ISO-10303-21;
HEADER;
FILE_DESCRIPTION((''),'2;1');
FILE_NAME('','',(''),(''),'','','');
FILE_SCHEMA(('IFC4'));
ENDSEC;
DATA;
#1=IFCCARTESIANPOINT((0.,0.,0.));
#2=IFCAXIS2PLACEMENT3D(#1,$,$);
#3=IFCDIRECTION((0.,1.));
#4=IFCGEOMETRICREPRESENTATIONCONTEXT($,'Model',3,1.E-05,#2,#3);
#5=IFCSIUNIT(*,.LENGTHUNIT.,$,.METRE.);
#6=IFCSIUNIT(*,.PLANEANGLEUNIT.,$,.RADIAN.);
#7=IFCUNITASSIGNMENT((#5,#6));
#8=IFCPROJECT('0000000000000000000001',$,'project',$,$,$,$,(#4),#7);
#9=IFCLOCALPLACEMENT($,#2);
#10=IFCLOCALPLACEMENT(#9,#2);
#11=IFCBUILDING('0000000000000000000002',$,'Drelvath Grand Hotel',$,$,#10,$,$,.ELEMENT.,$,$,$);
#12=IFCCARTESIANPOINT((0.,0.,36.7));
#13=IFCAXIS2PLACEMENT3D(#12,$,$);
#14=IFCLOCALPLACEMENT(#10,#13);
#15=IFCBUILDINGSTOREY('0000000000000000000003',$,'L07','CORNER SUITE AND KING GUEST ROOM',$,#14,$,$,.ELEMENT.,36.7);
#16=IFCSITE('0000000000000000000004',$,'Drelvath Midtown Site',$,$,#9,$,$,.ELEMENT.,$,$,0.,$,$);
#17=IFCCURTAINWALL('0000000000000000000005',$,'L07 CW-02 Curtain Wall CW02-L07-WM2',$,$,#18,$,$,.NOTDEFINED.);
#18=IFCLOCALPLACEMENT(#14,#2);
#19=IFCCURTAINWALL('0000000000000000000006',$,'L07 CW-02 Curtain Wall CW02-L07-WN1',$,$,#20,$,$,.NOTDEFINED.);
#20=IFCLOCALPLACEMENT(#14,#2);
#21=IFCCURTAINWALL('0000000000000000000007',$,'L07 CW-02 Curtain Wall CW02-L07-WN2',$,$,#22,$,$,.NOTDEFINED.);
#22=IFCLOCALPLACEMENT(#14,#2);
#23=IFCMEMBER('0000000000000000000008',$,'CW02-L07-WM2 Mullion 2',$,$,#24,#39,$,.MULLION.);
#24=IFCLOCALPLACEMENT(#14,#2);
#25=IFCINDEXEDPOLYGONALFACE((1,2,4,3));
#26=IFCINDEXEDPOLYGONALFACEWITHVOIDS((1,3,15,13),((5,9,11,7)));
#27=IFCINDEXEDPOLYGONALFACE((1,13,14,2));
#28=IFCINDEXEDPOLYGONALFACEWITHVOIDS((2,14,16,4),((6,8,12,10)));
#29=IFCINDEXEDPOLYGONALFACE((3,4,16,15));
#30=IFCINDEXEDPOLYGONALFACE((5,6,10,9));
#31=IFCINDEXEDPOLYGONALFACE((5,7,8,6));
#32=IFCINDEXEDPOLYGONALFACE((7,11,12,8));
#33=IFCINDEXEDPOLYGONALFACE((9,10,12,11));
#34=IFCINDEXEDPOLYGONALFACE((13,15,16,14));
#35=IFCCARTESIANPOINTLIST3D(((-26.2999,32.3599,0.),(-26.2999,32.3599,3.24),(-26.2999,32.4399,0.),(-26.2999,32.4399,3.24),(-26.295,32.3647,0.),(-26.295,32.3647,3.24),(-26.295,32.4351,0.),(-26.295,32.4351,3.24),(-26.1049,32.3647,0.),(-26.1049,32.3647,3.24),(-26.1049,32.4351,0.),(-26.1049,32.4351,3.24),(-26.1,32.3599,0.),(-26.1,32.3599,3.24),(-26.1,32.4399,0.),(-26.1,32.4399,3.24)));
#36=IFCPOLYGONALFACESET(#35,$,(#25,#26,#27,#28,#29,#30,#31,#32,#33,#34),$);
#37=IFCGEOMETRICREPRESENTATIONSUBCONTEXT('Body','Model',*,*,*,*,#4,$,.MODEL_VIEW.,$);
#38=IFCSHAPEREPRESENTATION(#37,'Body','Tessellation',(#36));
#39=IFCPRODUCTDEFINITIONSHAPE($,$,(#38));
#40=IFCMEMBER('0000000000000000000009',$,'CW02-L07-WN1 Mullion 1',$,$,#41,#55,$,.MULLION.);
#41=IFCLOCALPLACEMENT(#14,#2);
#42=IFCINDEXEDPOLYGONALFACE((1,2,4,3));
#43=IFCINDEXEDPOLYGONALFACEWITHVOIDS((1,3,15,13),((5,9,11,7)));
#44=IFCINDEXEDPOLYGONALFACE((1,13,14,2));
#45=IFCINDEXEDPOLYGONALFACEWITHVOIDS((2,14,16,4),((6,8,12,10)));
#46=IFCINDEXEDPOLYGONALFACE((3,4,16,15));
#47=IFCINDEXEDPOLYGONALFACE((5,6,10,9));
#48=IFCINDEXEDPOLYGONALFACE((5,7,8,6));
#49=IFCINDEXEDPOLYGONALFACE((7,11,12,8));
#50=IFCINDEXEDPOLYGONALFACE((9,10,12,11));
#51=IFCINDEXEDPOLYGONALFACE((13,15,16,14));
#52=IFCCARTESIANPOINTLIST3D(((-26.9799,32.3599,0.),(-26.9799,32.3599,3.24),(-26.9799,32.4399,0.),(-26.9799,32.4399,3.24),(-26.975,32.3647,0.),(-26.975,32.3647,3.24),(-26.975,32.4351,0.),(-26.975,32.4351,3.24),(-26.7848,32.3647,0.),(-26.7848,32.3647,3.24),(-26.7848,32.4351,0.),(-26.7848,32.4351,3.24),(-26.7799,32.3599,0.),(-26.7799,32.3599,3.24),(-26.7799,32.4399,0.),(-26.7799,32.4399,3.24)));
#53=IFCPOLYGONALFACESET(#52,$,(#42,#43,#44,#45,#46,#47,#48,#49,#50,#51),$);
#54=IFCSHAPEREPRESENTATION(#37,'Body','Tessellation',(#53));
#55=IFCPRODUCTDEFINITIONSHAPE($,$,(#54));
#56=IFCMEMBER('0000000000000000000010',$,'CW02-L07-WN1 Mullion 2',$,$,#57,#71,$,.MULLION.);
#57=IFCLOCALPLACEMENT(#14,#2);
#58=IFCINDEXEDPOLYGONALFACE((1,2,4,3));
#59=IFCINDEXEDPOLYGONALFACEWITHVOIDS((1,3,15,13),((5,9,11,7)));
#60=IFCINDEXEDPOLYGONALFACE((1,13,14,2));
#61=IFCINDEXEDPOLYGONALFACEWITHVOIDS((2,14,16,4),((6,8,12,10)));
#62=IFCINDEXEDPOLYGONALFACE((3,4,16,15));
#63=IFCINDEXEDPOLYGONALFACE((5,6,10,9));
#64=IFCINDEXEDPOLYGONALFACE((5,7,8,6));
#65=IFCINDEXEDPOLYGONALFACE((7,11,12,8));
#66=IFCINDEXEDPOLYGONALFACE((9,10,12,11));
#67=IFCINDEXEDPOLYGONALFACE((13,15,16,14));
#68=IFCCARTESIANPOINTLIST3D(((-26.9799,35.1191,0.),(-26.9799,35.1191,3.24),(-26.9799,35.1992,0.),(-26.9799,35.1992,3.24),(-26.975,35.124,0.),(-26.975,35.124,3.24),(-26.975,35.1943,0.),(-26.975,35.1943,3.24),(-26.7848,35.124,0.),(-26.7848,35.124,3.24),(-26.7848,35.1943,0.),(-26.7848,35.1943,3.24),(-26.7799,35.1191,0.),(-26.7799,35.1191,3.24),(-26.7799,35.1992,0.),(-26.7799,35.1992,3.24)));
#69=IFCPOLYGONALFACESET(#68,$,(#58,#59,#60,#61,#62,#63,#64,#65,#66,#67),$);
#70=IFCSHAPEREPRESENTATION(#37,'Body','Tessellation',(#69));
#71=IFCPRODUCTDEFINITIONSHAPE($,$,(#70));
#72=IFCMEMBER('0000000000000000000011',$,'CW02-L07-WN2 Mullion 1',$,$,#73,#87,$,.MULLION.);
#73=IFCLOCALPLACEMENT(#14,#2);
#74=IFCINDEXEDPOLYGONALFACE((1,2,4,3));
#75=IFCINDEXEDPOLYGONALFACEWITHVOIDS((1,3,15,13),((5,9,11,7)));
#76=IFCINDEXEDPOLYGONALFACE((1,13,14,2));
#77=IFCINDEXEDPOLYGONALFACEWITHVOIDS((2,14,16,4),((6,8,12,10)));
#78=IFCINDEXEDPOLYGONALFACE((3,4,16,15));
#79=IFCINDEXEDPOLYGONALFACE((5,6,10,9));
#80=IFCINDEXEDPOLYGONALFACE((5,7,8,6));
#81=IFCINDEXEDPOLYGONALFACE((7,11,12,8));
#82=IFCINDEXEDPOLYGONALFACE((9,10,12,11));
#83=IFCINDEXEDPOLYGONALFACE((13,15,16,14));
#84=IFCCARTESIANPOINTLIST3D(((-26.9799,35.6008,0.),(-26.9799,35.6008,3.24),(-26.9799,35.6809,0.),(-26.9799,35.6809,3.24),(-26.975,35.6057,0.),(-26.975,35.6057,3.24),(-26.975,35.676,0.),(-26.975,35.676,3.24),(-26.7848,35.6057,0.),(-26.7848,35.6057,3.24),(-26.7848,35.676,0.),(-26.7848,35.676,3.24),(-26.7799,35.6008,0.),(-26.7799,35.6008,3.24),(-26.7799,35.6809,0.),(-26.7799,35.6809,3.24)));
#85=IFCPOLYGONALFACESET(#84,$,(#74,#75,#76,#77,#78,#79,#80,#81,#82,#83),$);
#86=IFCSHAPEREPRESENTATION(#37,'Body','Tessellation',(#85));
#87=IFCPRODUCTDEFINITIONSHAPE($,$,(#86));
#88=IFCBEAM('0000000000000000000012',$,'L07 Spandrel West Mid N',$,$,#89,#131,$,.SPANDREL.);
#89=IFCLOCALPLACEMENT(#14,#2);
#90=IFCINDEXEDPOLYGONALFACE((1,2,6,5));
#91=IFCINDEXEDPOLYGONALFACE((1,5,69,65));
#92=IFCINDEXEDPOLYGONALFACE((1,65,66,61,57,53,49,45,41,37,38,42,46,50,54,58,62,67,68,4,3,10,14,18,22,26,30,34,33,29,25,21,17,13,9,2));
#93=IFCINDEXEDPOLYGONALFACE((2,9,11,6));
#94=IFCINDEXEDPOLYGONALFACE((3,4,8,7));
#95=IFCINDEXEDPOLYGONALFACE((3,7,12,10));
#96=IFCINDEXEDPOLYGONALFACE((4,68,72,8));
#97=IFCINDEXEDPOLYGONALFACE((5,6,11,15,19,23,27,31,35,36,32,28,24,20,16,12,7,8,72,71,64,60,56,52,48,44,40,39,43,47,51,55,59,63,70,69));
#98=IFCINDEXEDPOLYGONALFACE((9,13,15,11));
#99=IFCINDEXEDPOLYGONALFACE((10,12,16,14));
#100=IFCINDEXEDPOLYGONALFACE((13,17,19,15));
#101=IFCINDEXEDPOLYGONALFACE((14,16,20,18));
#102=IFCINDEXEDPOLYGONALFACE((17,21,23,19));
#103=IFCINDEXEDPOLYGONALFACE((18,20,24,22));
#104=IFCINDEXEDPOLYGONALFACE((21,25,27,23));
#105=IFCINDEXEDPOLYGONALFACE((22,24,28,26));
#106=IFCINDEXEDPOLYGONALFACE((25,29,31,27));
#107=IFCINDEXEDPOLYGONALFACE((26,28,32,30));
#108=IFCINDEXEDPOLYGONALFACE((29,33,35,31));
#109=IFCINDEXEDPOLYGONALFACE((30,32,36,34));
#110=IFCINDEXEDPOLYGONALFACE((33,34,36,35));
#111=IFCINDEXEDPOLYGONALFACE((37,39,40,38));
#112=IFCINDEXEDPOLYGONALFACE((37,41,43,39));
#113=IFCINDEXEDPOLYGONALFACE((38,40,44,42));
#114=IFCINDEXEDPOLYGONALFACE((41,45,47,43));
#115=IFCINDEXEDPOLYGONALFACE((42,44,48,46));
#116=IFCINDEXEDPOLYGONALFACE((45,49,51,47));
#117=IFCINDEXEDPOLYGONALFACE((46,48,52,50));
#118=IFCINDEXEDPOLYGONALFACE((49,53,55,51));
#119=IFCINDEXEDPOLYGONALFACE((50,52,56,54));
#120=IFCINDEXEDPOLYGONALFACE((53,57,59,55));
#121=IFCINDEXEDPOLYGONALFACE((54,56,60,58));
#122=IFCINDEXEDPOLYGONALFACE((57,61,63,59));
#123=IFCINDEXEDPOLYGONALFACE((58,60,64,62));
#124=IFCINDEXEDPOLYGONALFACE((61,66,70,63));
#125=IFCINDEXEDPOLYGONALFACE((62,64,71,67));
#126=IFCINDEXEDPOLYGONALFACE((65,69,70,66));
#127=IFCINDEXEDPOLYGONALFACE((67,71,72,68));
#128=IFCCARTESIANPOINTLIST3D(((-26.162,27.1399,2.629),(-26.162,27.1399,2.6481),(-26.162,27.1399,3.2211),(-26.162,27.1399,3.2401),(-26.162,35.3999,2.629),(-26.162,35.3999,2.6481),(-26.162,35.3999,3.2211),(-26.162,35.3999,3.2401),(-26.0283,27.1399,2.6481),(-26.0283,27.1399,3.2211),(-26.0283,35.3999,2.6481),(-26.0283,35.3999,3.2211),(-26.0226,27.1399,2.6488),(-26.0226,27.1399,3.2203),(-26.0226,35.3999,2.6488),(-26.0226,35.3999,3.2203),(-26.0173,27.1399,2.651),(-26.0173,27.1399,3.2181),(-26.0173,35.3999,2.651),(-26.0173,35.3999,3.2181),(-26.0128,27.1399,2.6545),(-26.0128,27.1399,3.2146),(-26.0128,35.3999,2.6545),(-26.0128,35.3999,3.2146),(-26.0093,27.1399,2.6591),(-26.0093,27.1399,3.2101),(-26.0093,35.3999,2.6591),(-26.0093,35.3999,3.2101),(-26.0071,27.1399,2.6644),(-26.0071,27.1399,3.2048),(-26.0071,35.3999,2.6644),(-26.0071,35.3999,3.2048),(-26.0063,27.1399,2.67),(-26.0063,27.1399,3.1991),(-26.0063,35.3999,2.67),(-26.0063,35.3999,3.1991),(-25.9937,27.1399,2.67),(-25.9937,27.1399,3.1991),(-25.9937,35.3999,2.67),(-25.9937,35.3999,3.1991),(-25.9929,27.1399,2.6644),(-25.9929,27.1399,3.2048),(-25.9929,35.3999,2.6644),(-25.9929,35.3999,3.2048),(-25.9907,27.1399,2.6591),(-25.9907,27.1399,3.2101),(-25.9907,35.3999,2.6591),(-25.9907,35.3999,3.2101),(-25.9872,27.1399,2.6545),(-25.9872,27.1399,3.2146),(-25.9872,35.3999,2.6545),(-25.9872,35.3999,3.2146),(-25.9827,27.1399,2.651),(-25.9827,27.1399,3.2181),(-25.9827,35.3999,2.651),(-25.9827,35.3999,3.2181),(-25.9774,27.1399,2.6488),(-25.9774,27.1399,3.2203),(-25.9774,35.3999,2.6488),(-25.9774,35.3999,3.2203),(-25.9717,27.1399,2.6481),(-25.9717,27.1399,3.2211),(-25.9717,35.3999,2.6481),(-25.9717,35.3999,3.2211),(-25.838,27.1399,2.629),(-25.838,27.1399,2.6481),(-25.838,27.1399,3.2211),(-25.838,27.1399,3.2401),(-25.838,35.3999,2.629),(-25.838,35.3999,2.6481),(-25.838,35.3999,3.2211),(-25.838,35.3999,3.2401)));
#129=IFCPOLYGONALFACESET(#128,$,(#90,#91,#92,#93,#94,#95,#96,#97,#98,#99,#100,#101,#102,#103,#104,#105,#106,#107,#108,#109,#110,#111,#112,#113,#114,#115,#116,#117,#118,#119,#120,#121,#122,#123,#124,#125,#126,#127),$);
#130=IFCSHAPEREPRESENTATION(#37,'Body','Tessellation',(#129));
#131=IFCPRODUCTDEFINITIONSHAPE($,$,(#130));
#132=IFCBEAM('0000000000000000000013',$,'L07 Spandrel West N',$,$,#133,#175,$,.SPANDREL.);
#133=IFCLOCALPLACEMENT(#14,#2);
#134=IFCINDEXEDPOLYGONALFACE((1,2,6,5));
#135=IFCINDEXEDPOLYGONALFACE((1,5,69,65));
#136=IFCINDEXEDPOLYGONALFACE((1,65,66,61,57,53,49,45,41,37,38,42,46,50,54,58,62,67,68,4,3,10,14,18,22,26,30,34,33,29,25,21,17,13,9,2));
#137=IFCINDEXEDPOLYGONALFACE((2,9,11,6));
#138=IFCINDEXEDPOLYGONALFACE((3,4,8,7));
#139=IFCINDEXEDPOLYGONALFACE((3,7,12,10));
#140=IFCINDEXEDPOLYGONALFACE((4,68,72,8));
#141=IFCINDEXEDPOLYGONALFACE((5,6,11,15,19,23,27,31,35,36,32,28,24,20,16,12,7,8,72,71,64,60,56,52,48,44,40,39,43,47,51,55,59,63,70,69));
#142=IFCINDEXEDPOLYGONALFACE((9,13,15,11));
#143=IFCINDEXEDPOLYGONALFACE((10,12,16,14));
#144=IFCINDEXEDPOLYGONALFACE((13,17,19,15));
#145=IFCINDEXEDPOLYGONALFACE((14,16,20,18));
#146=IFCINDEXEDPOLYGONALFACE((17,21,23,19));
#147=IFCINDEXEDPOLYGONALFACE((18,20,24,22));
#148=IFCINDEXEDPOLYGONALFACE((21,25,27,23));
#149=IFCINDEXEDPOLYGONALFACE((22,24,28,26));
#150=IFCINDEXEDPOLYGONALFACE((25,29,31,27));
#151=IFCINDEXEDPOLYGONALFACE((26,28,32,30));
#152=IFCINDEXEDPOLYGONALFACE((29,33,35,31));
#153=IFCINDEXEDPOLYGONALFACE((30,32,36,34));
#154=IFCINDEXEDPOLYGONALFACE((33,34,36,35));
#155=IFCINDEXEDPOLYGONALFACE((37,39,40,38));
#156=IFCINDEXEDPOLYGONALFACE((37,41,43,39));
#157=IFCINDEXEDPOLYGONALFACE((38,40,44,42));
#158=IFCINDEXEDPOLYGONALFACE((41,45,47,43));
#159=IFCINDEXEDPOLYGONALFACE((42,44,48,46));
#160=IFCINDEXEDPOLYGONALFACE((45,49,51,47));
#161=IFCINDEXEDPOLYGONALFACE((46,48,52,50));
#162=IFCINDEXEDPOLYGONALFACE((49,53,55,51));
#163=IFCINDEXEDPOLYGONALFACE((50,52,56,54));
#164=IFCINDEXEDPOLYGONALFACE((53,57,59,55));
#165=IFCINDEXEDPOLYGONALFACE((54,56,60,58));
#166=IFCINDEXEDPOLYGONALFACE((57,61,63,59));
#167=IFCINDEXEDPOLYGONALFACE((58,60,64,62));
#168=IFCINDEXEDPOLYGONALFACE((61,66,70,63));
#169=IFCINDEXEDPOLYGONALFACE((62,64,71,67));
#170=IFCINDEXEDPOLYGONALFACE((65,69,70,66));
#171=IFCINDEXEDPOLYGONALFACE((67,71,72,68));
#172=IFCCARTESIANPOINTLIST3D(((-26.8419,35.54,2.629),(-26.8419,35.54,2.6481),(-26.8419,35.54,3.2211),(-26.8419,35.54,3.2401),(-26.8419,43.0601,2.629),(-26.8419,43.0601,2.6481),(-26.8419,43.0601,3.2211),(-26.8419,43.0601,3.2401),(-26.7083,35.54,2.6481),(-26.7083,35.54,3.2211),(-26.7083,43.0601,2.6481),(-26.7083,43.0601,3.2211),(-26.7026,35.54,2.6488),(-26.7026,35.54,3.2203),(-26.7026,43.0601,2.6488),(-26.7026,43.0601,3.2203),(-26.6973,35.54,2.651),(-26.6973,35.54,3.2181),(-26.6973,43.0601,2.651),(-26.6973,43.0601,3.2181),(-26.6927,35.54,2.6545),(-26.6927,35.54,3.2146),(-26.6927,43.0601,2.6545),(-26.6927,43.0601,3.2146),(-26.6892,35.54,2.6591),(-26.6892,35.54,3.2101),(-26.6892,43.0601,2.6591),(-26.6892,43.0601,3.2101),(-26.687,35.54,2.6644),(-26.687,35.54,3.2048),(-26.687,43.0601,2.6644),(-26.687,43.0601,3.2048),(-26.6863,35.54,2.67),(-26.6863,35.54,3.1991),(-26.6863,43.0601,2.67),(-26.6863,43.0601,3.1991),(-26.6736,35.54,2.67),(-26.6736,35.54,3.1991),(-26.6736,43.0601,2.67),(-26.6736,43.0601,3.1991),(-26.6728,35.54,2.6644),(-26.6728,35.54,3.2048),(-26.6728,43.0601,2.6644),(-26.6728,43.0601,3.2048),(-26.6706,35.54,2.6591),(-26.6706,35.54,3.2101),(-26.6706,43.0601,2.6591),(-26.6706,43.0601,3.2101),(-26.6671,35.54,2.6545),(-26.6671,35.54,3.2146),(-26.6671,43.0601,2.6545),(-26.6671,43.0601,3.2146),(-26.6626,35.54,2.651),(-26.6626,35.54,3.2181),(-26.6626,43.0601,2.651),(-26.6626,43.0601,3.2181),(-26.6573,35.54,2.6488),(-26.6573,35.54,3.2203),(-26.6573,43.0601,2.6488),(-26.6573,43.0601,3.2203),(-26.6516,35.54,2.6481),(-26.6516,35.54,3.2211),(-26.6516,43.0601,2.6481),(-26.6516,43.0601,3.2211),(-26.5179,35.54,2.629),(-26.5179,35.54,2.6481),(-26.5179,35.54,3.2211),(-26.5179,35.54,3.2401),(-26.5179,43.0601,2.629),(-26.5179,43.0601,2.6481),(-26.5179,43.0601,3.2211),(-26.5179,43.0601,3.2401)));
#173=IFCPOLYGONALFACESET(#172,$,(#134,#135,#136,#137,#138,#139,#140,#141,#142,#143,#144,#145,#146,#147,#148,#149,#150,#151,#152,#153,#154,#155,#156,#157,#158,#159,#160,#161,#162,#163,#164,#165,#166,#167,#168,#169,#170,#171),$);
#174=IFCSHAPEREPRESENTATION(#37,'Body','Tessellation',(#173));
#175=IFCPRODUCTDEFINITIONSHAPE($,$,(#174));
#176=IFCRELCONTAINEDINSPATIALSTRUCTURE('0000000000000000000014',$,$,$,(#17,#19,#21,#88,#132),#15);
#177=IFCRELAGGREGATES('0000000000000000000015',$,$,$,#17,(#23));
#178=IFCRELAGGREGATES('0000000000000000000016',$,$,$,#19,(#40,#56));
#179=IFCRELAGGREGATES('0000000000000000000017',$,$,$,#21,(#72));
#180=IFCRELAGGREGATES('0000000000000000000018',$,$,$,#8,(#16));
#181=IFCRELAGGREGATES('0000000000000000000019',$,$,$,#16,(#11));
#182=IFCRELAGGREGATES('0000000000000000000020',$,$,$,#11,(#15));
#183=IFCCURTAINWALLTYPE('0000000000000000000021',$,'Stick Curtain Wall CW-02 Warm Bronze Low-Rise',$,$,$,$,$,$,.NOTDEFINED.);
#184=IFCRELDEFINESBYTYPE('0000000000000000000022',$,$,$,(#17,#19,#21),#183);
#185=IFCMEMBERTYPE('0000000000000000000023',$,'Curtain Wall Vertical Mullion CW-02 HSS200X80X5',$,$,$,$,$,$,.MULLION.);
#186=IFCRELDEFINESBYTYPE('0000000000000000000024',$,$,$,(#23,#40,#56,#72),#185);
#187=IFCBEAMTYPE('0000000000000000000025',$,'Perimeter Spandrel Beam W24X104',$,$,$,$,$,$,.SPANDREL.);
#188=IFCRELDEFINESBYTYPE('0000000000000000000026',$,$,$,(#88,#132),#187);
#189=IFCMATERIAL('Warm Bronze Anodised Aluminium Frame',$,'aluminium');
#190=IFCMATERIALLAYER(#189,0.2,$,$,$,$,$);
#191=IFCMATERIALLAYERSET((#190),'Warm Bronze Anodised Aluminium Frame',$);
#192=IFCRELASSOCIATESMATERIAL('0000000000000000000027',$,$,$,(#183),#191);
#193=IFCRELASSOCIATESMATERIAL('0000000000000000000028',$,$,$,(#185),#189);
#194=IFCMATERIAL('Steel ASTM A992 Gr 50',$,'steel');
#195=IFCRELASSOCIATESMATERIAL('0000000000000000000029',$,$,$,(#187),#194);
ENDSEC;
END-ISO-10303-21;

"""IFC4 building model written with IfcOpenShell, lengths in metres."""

from ifc_helpers import new_model, si_unit, direction, frame, origin, origin_2d, place, context, subcontext, project, spatial, hollow_rectangle, i_section, extrude, material, layer, layer_set, material_profile, profile_set, type_object, element, aggregate, save


model = new_model("IFC4")

# Units and contexts
model_context = context("Model", 3, precision=1e-05, world=origin(), true_north=direction((0.0, 1.0)))
body_context = subcontext(model_context, "Body", "Model", "MODEL_VIEW")
ifc_project = project(units=[si_unit("LENGTHUNIT", "METRE"), si_unit("PLANEANGLEUNIT", "RADIAN")], contexts=[model_context])

# Site, building, storey
site_placement = place(None, origin())
site = spatial("IfcSite", under=ifc_project, at=site_placement, Name="Drelvath Midtown Site", CompositionType="ELEMENT", RefElevation=0.0)
building_placement = place(site_placement, origin())
building = spatial("IfcBuilding", under=site, at=building_placement, Name="Drelvath Grand Hotel", CompositionType="ELEMENT")
storey_placement = place(building_placement, frame((0.0, 0.0, 36.7)))
storey = spatial("IfcBuildingStorey", under=building, at=storey_placement, Name="L07", Description="CORNER SUITE AND KING GUEST ROOM", CompositionType="ELEMENT", Elevation=36.7)

# Curtain walls
ifc_material_1 = material(Name="Warm Bronze Anodised Aluminium Frame", Category="aluminium")
ifc_layer_1 = layer(ifc_material_1, 0.2)
ifc_layer_set_1 = layer_set([ifc_layer_1], Name="Warm Bronze Anodised Aluminium Frame")
curtain_wall_type = type_object("IfcCurtainWallType", Name="Stick Curtain Wall CW-02 Warm Bronze Low-Rise", PredefinedType="NOTDEFINED", material=ifc_layer_set_1)
curtain_wall_1_placement = place(storey_placement, origin())
curtain_wall_1 = element("IfcCurtainWall", 1, at=curtain_wall_1_placement, inside=storey, type_object=curtain_wall_type, Name="L07 CW-02 Curtain Wall CW02-L07-WM2", PredefinedType="NOTDEFINED")
curtain_wall_2_placement = place(storey_placement, origin())
curtain_wall_2 = element("IfcCurtainWall", 2, at=curtain_wall_2_placement, inside=storey, type_object=curtain_wall_type, Name="L07 CW-02 Curtain Wall CW02-L07-WN1", PredefinedType="NOTDEFINED")
curtain_wall_3_placement = place(storey_placement, origin())
curtain_wall_3 = element("IfcCurtainWall", 3, at=curtain_wall_3_placement, inside=storey, type_object=curtain_wall_type, Name="L07 CW-02 Curtain Wall CW02-L07-WN2", PredefinedType="NOTDEFINED")
ifc_material_profile_1 = material_profile(ifc_material_1, hollow_rectangle(XDim=0.0801, YDim=0.2, WallThickness=0.0049, at=origin_2d()), Name="HSS200X80X5")
ifc_profile_set_1 = profile_set([ifc_material_profile_1], Name="Warm Bronze Anodised Aluminium Frame")
member_type_1 = type_object("IfcMemberType", Name="Curtain Wall Vertical Mullion CW-02 HSS200X80X5", PredefinedType="MULLION", material=ifc_profile_set_1)

# Members
member_1_placement = place(storey_placement, frame((-26.2, 32.3999, 0.0), z_axis=(0.0, 0.0, 1.0), x_axis=(0.0, 1.0, 0.0)))
member_1 = element("IfcMember", 4, at=member_1_placement, type_object=member_type_1, Name="CW02-L07-WM2 Mullion 2", PredefinedType="MULLION", context=body_context, shape_type="SweptSolid", body=[
    extrude(hollow_rectangle(XDim=0.0801, YDim=0.2, WallThickness=0.0049, at=origin_2d()), origin(), (0.0, 0.0, 1.0), 3.24),
])
member_2_placement = place(storey_placement, frame((-26.8799, 32.3999, 0.0), z_axis=(0.0, 0.0, 1.0), x_axis=(0.0, 1.0, 0.0)))
member_2 = element("IfcMember", 5, at=member_2_placement, type_object=member_type_1, Name="CW02-L07-WN1 Mullion 1", PredefinedType="MULLION", context=body_context, shape_type="SweptSolid", body=[
    extrude(hollow_rectangle(XDim=0.0801, YDim=0.2, WallThickness=0.0049, at=origin_2d()), origin(), (0.0, 0.0, 1.0), 3.24),
])
member_3_placement = place(storey_placement, frame((-26.8799, 35.1592, 0.0), z_axis=(0.0, 0.0, 1.0), x_axis=(0.0, 1.0, 0.0)))
member_3 = element("IfcMember", 6, at=member_3_placement, type_object=member_type_1, Name="CW02-L07-WN1 Mullion 2", PredefinedType="MULLION", context=body_context, shape_type="SweptSolid", body=[
    extrude(hollow_rectangle(XDim=0.0801, YDim=0.2, WallThickness=0.0049, at=origin_2d()), origin(), (0.0, 0.0, 1.0), 3.24),
])
member_4_placement = place(storey_placement, frame((-26.8799, 35.6409, 0.0), z_axis=(0.0, 0.0, 1.0), x_axis=(0.0, 1.0, 0.0)))
member_4 = element("IfcMember", 7, at=member_4_placement, type_object=member_type_1, Name="CW02-L07-WN2 Mullion 1", PredefinedType="MULLION", context=body_context, shape_type="SweptSolid", body=[
    extrude(hollow_rectangle(XDim=0.0801, YDim=0.2, WallThickness=0.0049, at=origin_2d()), origin(), (0.0, 0.0, 1.0), 3.24),
])

# Beams
ifc_material_2 = material(Name="Steel ASTM A992 Gr 50", Category="steel")
ifc_material_profile_2 = material_profile(ifc_material_2, i_section(OverallWidth=0.324, OverallDepth=0.6111, WebThickness=0.0127, FlangeThickness=0.019, FilletRadius=0.022, at=origin_2d()), Name="W24X104")
ifc_profile_set_2 = profile_set([ifc_material_profile_2], Name="Steel ASTM A992 Gr 50")
beam_type_1 = type_object("IfcBeamType", Name="Perimeter Spandrel Beam W24X104", PredefinedType="SPANDREL", material=ifc_profile_set_2)
beam_1_placement = place(storey_placement, frame((-26.0, 27.1399, 2.9346), z_axis=(0.0, 1.0, 0.0), x_axis=(-1.0, 0.0, 0.0)))
element("IfcBeam", 8, at=beam_1_placement, inside=storey, type_object=beam_type_1, Name="L07 Spandrel West Mid N", PredefinedType="SPANDREL", context=body_context, shape_type="SweptSolid", body=[
    extrude(i_section(OverallWidth=0.324, OverallDepth=0.6111, WebThickness=0.0127, FlangeThickness=0.019, FilletRadius=0.022, at=origin_2d()), origin(), (0.0, 0.0, 1.0), 8.26),
])
beam_2_placement = place(storey_placement, frame((-26.6799, 35.54, 2.9346), z_axis=(0.0, 1.0, 0.0), x_axis=(-1.0, 0.0, 0.0)))
element("IfcBeam", 9, at=beam_2_placement, inside=storey, type_object=beam_type_1, Name="L07 Spandrel West N", PredefinedType="SPANDREL", context=body_context, shape_type="SweptSolid", body=[
    extrude(i_section(OverallWidth=0.324, OverallDepth=0.6111, WebThickness=0.0127, FlangeThickness=0.019, FilletRadius=0.022, at=origin_2d()), origin(), (0.0, 0.0, 1.0), 7.52),
])

aggregate(curtain_wall_1, [member_1])
aggregate(curtain_wall_2, [member_2, member_3])
aggregate(curtain_wall_3, [member_4])

save(model, "model.ifc")
